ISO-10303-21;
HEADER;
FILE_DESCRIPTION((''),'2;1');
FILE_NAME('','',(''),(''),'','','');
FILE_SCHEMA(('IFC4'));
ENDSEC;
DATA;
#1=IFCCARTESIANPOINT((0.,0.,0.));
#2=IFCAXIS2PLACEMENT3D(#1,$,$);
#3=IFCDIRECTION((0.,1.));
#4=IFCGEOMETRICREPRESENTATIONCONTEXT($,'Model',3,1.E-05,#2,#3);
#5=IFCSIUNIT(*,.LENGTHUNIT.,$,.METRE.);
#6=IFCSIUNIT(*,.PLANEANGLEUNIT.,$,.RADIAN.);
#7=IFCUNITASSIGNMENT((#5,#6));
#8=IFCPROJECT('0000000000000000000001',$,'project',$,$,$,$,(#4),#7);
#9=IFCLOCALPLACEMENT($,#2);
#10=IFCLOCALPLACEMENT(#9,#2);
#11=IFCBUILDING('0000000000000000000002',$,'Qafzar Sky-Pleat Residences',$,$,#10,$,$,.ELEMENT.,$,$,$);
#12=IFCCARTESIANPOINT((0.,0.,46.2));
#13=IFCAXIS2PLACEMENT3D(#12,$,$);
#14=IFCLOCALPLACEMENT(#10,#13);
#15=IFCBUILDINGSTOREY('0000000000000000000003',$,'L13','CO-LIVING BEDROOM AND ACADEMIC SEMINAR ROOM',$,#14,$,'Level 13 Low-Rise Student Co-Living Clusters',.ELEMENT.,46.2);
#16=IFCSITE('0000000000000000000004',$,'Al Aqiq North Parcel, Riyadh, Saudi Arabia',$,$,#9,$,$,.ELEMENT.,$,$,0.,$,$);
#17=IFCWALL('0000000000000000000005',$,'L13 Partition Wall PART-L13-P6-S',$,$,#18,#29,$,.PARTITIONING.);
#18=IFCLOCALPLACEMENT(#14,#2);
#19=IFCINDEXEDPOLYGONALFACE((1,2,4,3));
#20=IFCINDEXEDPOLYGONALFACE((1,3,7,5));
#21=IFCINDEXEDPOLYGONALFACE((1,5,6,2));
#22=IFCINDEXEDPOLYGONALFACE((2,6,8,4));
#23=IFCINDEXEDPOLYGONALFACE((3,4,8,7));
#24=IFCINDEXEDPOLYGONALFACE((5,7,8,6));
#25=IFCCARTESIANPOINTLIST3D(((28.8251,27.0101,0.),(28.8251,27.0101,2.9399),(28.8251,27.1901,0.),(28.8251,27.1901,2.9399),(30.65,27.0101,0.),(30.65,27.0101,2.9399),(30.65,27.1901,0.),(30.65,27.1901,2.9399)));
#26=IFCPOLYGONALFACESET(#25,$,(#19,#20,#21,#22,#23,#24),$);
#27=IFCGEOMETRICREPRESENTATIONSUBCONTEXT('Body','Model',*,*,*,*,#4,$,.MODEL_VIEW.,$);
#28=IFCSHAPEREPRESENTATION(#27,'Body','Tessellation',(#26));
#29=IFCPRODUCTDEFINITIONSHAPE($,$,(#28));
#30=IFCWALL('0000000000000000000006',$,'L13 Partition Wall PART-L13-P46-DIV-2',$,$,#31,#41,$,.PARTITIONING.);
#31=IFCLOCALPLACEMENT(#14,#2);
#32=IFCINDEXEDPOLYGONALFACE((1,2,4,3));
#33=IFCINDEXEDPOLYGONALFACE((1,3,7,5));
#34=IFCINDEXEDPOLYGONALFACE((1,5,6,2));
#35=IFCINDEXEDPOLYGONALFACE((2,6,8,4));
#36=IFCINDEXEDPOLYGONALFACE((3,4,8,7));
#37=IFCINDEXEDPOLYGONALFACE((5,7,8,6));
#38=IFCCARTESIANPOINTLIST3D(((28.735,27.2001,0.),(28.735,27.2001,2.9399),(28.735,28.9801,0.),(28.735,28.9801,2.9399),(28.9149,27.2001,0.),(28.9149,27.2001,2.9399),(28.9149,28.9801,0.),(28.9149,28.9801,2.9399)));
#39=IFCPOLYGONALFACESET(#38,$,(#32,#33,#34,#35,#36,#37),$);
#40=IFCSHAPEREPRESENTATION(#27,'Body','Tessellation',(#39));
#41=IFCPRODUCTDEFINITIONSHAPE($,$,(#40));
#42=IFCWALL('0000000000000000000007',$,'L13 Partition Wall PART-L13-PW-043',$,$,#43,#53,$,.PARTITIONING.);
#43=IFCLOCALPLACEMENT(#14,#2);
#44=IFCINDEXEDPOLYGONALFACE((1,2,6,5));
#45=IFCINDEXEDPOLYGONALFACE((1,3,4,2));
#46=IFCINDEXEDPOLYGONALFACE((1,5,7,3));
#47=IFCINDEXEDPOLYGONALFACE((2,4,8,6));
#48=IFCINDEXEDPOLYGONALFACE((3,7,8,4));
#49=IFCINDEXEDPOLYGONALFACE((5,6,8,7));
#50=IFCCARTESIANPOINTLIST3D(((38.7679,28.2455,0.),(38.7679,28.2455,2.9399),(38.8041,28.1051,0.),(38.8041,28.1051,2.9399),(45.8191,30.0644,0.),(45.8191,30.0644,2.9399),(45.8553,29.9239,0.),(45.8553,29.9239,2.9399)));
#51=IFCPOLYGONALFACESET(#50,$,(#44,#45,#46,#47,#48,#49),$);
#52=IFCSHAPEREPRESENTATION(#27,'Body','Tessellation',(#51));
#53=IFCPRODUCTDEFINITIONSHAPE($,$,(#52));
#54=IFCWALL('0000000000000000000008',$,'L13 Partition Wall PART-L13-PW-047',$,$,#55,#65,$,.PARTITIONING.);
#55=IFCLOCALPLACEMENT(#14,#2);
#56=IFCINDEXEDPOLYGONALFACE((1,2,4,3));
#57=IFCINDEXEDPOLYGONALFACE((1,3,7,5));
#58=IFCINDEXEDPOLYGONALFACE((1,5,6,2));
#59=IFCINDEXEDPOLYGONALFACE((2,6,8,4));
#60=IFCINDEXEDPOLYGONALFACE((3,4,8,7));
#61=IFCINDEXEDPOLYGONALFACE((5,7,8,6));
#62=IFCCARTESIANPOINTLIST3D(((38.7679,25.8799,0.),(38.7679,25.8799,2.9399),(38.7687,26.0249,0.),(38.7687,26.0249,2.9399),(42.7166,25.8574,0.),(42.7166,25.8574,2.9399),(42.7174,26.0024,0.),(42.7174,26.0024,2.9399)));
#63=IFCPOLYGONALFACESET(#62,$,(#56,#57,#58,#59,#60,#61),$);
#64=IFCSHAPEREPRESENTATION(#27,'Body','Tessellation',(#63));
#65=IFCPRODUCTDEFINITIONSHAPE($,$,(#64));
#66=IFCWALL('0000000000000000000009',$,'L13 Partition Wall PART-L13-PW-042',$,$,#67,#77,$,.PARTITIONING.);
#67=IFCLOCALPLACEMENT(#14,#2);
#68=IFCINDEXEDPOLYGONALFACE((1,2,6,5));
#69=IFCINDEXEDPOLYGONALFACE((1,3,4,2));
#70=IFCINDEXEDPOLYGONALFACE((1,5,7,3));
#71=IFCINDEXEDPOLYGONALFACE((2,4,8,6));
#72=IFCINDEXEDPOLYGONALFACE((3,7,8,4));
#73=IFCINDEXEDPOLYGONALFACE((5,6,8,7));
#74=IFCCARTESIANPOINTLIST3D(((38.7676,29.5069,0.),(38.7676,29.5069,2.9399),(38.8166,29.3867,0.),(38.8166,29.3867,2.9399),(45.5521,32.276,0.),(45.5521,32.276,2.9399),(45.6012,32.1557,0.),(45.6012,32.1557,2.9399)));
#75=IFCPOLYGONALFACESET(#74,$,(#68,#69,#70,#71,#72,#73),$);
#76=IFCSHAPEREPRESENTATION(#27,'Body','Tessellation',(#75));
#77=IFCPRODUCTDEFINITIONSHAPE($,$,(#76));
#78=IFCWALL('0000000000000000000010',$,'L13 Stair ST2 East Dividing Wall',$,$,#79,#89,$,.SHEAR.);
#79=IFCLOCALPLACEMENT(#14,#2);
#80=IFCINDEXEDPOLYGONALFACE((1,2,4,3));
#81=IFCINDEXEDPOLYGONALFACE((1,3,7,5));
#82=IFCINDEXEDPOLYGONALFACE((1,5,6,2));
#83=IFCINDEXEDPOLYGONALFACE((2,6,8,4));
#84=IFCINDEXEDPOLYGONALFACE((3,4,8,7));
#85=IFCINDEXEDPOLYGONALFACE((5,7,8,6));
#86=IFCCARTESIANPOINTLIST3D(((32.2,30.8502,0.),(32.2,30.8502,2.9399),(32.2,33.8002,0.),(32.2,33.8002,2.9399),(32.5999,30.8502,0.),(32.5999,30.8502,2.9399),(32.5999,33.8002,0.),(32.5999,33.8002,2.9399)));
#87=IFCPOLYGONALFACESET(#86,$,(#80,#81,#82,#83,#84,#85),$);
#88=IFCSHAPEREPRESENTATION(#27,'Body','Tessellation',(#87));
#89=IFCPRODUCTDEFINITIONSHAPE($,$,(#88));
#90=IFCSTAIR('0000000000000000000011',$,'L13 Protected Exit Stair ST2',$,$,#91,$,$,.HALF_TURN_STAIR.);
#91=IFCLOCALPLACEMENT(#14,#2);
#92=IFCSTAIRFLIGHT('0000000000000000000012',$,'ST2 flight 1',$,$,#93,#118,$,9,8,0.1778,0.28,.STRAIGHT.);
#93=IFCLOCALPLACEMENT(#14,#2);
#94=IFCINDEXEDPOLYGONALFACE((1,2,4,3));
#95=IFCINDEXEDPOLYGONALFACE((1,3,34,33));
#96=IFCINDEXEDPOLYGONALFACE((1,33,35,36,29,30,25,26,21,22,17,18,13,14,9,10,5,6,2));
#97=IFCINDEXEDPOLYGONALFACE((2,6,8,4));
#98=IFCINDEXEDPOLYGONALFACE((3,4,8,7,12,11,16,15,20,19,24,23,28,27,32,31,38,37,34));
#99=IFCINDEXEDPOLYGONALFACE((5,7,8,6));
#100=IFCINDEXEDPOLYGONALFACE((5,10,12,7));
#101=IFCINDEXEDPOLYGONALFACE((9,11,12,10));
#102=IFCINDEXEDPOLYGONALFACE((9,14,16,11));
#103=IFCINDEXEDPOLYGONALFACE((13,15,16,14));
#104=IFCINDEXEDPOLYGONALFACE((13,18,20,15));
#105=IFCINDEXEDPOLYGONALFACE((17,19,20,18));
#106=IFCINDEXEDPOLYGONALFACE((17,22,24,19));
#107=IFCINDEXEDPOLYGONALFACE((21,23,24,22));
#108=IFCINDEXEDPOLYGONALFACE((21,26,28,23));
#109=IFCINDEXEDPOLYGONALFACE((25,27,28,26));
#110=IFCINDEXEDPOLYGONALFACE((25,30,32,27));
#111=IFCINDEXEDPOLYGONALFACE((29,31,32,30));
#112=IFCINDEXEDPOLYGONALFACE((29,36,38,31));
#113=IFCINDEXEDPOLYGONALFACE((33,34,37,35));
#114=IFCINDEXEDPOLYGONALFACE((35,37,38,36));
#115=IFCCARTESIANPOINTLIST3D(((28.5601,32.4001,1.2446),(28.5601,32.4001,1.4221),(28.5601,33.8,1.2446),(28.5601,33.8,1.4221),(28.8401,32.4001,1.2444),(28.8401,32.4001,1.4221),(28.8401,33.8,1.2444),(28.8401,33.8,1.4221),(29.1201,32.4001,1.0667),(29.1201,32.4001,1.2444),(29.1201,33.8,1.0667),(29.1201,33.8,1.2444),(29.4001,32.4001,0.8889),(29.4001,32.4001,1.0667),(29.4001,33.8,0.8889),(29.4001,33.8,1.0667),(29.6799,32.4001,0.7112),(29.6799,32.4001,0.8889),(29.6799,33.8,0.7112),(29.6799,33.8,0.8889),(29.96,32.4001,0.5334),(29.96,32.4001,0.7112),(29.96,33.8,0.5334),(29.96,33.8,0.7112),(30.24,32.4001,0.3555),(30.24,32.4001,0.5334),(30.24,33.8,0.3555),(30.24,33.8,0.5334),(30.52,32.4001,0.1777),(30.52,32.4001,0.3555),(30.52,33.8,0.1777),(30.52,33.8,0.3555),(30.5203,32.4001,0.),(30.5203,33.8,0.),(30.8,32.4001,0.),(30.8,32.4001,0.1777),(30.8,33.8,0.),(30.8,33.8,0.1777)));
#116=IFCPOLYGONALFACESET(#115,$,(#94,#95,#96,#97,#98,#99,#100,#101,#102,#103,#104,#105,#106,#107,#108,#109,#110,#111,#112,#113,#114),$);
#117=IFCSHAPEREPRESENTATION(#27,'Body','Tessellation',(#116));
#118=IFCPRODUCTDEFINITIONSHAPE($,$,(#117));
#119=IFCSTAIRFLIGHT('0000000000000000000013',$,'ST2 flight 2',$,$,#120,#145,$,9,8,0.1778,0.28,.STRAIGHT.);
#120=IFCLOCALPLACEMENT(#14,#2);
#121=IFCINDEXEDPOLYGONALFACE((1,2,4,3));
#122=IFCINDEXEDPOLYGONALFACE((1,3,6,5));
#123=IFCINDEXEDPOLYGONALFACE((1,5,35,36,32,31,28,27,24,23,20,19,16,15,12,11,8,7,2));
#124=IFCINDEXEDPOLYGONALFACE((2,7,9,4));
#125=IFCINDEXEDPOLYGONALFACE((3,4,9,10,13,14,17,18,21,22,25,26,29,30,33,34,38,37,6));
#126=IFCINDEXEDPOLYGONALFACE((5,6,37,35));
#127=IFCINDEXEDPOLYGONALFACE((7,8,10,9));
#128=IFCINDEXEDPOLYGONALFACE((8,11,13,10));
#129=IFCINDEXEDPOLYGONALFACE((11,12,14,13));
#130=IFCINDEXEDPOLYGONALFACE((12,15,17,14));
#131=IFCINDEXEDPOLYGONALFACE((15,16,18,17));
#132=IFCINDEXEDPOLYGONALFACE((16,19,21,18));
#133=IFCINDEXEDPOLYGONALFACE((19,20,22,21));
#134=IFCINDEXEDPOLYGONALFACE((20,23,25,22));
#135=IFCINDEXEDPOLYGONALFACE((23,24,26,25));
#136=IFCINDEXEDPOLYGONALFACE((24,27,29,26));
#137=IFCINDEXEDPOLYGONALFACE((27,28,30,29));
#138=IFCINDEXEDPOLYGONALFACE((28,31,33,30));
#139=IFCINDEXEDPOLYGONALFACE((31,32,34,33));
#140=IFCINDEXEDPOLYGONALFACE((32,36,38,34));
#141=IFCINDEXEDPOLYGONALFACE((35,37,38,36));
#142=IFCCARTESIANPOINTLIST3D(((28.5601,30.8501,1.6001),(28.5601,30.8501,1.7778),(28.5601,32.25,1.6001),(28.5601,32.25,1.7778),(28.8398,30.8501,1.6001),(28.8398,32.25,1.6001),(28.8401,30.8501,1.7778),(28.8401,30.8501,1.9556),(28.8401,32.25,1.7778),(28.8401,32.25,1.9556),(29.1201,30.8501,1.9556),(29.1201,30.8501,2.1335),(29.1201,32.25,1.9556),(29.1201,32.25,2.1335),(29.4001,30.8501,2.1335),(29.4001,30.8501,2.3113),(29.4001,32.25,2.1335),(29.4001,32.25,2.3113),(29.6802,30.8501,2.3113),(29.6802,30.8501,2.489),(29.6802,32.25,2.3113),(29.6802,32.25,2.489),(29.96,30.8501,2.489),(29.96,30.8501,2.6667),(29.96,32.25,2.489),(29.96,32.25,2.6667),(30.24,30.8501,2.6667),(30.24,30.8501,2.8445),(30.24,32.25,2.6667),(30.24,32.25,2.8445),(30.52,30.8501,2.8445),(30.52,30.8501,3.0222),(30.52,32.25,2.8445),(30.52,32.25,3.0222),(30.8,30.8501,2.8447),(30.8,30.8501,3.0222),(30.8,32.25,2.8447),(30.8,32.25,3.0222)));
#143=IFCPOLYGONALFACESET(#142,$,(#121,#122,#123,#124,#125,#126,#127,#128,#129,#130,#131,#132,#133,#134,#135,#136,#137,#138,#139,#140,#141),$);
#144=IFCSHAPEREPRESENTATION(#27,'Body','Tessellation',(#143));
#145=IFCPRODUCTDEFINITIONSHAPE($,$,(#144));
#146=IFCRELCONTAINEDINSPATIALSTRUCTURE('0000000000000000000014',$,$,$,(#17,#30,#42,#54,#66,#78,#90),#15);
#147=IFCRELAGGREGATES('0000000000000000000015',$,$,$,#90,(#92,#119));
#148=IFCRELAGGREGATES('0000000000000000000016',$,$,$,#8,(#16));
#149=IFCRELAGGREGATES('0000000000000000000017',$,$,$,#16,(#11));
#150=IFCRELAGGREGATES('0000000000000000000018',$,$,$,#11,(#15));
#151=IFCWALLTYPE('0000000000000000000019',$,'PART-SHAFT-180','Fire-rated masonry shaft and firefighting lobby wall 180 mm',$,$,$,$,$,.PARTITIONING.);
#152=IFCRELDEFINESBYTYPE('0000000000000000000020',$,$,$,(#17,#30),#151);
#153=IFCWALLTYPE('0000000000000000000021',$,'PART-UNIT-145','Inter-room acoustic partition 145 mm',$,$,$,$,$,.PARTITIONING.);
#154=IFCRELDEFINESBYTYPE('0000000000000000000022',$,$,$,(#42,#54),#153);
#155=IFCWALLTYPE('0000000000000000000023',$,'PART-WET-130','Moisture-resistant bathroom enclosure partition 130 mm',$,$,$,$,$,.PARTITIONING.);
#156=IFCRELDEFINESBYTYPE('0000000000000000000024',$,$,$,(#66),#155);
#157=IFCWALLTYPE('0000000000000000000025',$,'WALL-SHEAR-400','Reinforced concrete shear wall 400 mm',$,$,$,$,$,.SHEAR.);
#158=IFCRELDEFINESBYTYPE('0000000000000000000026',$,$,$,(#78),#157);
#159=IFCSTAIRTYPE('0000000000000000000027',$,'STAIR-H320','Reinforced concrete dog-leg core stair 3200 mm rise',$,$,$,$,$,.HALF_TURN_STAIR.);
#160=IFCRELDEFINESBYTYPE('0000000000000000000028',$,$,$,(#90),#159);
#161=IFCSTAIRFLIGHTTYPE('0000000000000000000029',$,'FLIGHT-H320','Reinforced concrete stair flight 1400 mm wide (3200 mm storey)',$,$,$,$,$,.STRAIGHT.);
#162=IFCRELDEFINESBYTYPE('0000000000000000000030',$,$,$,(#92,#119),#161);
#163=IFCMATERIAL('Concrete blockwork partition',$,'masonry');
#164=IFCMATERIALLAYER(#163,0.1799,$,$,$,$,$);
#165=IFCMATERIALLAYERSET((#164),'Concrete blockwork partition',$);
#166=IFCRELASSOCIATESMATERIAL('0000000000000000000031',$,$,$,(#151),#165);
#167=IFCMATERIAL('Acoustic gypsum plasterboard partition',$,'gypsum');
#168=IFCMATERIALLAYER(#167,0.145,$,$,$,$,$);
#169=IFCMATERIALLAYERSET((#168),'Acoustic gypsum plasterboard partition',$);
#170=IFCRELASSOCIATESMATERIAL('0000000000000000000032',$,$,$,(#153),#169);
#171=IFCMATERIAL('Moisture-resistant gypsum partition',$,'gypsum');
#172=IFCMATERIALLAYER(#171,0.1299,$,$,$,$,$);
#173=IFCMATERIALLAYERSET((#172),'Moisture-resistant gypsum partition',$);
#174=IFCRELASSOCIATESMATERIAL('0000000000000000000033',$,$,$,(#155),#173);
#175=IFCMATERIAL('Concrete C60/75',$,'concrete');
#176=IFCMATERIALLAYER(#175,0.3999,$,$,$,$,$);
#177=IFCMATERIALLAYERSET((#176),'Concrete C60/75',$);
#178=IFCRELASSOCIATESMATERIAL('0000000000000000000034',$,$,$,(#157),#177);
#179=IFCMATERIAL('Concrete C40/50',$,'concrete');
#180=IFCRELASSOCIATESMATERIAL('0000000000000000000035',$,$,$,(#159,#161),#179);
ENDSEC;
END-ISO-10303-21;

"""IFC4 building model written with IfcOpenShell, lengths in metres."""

from ifc_helpers import new_model, si_unit, direction, frame, frame_2d, origin, place, context, subcontext, project, spatial, polyline, rectangle, outline, extrude, source, transform, mapped, material, layer, layer_set, type_object, element, aggregate, save


model = new_model("IFC4")

# Units and contexts
model_context = context("Model", 3, precision=1e-05, world=origin(), true_north=direction((0.0, 1.0)))
body_context = subcontext(model_context, "Body", "Model", "MODEL_VIEW")
ifc_project = project(units=[si_unit("LENGTHUNIT", "METRE"), si_unit("PLANEANGLEUNIT", "RADIAN")], contexts=[model_context])

# Site, building, storey
site_placement = place(None, origin())
site = spatial("IfcSite", under=ifc_project, at=site_placement, Name="Al Aqiq North Parcel, Riyadh, Saudi Arabia", CompositionType="ELEMENT", RefElevation=0.0)
building_placement = place(site_placement, origin())
building = spatial("IfcBuilding", under=site, at=building_placement, Name="Qafzar Sky-Pleat Residences", CompositionType="ELEMENT")
storey_placement = place(building_placement, frame((0.0, 0.0, 46.2)))
storey = spatial("IfcBuildingStorey", under=building, at=storey_placement, Name="L13", Description="CO-LIVING BEDROOM AND ACADEMIC SEMINAR ROOM", LongName="Level 13 Low-Rise Student Co-Living Clusters", CompositionType="ELEMENT", Elevation=46.2)

# Shared definitions
ifc_material_1 = material(Name="Acoustic gypsum plasterboard partition", Category="gypsum")
ifc_material_2 = material(Name="Concrete blockwork partition", Category="masonry")
ifc_layer_1 = layer(ifc_material_2, 0.1799)
ifc_layer_set_1 = layer_set([ifc_layer_1], Name="Concrete blockwork partition")
wall_type_1 = type_object("IfcWallType", Name="PART-SHAFT-180", Description="Fire-rated masonry shaft and firefighting lobby wall 180 mm", PredefinedType="PARTITIONING", material=ifc_layer_set_1)

# Walls
wall_1_placement = place(storey_placement, frame((28.825, 27.1001, 0.0), z_axis=(0.0, 0.0, 1.0), x_axis=(1.0, 0.0, 0.0)))
element("IfcWall", 1, at=wall_1_placement, inside=storey, type_object=wall_type_1, Name="L13 Partition Wall PART-L13-P6-S", PredefinedType="PARTITIONING", context=body_context, shape_type="SweptSolid", body=[
    extrude(rectangle(XDim=1.825, YDim=0.1799, at=frame_2d((0.9126, 0.0))), origin(), (0.0, 0.0, 1.0), 2.9399),
])
wall_2_placement = place(storey_placement, frame((28.825, 27.2, 0.0), z_axis=(0.0, 0.0, 1.0), x_axis=(0.0, 1.0, 0.0)))
element("IfcWall", 2, at=wall_2_placement, inside=storey, type_object=wall_type_1, Name="L13 Partition Wall PART-L13-P46-DIV-2", PredefinedType="PARTITIONING", context=body_context, shape_type="SweptSolid", body=[
    extrude(rectangle(XDim=1.78, YDim=0.1799, at=frame_2d((0.8901, 0.0))), origin(), (0.0, 0.0, 1.0), 2.9399),
])
ifc_layer_2 = layer(ifc_material_1, 0.145)
ifc_layer_set_2 = layer_set([ifc_layer_2], Name="Acoustic gypsum plasterboard partition")
wall_type_2 = type_object("IfcWallType", Name="PART-UNIT-145", Description="Inter-room acoustic partition 145 mm", PredefinedType="PARTITIONING", material=ifc_layer_set_2)
wall_3_placement = place(storey_placement, frame((38.7859, 28.1753, 0.0), z_axis=(0.0, 0.0, 1.0), x_axis=(0.968305, 0.249771, 0.0)))
element("IfcWall", 3, at=wall_3_placement, inside=storey, type_object=wall_type_2, Name="L13 Partition Wall PART-L13-PW-043", PredefinedType="PARTITIONING", context=body_context, shape_type="SweptSolid", body=[
    extrude(rectangle(XDim=7.282, YDim=0.145, at=frame_2d((3.6411, 0.0))), origin(), (0.0, 0.0, 1.0), 2.9399),
])
wall_4_placement = place(storey_placement, frame((38.7683, 25.9524, 0.0), z_axis=(0.0, 0.0, 1.0), x_axis=(0.999984, -0.005688, 0.0)))
element("IfcWall", 4, at=wall_4_placement, inside=storey, type_object=wall_type_2, Name="L13 Partition Wall PART-L13-PW-047", PredefinedType="PARTITIONING", context=body_context, shape_type="SweptSolid", body=[
    extrude(rectangle(XDim=3.9487, YDim=0.145, at=frame_2d((1.9744, 0.0))), origin(), (0.0, 0.0, 1.0), 2.9399),
])
ifc_material_3 = material(Name="Moisture-resistant gypsum partition", Category="gypsum")
ifc_layer_3 = layer(ifc_material_3, 0.1299)
ifc_layer_set_3 = layer_set([ifc_layer_3], Name="Moisture-resistant gypsum partition")
wall_type_3 = type_object("IfcWallType", Name="PART-WET-130", Description="Moisture-resistant bathroom enclosure partition 130 mm", PredefinedType="PARTITIONING", material=ifc_layer_set_3)
wall_5_placement = place(storey_placement, frame((38.792, 29.4468, 0.0), z_axis=(0.0, 0.0, 1.0), x_axis=(0.925858, 0.377873, 0.0)))
element("IfcWall", 5, at=wall_5_placement, inside=storey, type_object=wall_type_3, Name="L13 Partition Wall PART-L13-PW-042", PredefinedType="PARTITIONING", context=body_context, shape_type="SweptSolid", body=[
    extrude(rectangle(XDim=7.3279, YDim=0.1299, at=frame_2d((3.6641, 0.0))), origin(), (0.0, 0.0, 1.0), 2.9399),
])
ifc_material_4 = material(Name="Concrete C60/75", Category="concrete")
ifc_layer_4 = layer(ifc_material_4, 0.3999)
ifc_layer_set_4 = layer_set([ifc_layer_4], Name="Concrete C60/75")
wall_type_4 = type_object("IfcWallType", Name="WALL-SHEAR-400", Description="Reinforced concrete shear wall 400 mm", PredefinedType="SHEAR", material=ifc_layer_set_4)
wall_6_placement = place(storey_placement, frame((32.3999, 30.8501, 0.0), z_axis=(0.0, 0.0, 1.0), x_axis=(0.0, 1.0, 0.0)))
element("IfcWall", 6, at=wall_6_placement, inside=storey, type_object=wall_type_4, Name="L13 Stair ST2 East Dividing Wall", PredefinedType="SHEAR", context=body_context, shape_type="SweptSolid", body=[
    extrude(rectangle(XDim=2.95, YDim=0.3999, at=frame_2d((1.4751, 0.0))), origin(), (0.0, 0.0, 1.0), 2.9399),
])

# Stair, stair flights
ifc_material_5 = material(Name="Concrete C40/50", Category="concrete")
stair_type = type_object("IfcStairType", Name="STAIR-H320", Description="Reinforced concrete dog-leg core stair 3200 mm rise", PredefinedType="HALF_TURN_STAIR", material=ifc_material_5)
stair_placement = place(storey_placement, origin())
stair = element("IfcStair", 7, at=stair_placement, inside=storey, type_object=stair_type, Name="L13 Protected Exit Stair ST2", PredefinedType="HALF_TURN_STAIR")
stair_flight_type = type_object("IfcStairFlightType", Name="FLIGHT-H320", Description="Reinforced concrete stair flight 1400 mm wide (3200 mm storey)", PredefinedType="STRAIGHT", material=ifc_material_5)
shared_shape_1 = source(origin(), body_context, "Body", "SweptSolid", [
    extrude(outline(polyline([(0.0, 0.0), (0.0, 0.1777), (0.28, 0.1777), (0.28, 0.3555), (0.5601, 0.3555), (0.5601, 0.5334), (0.8401, 0.5334), (0.8401, 0.7112), (1.1201, 0.7112), (1.1201, 0.8889), (1.3999, 0.8889), (1.3999, 1.0667), (1.6799, 1.0667), (1.6799, 1.2444), (1.96, 1.2444), (1.96, 1.4221), (2.24, 1.4221), (2.24, 1.6001), (2.24, 1.2446), (0.2798, 0.0), (0.0, 0.0)])), frame((0.0, 0.7, 0.0), z_axis=(0.0, -1.0, 0.0), x_axis=(1.0, 0.0, 0.0)), (0.0, 0.0, 1.0), 1.3999),
])
stair_flight_1_placement = place(storey_placement, frame((30.8, 33.1001, 0.0), z_axis=(0.0, 0.0, 1.0), x_axis=(-1.0, 0.0, 0.0)))
stair_flight_1 = element("IfcStairFlight", 8, at=stair_flight_1_placement, type_object=stair_flight_type, Name="ST2 flight 1", NumberOfRisers=9, NumberOfTreads=8, PredefinedType="STRAIGHT", RiserHeight=0.1778, TreadLength=0.28, context=body_context, shape_type="MappedRepresentation", body=[
    mapped(shared_shape_1, transform((0.0, 0.0, 0.0), x_axis=(1.0, 0.0, 0.0), y_axis=(0.0, 1.0, 0.0), z_axis=(0.0, 0.0, 1.0), scale=1.0)),
])
stair_flight_2_placement = place(storey_placement, frame((28.5601, 31.55, 1.6001), z_axis=(0.0, 0.0, 1.0), x_axis=(1.0, 0.0, 0.0)))
stair_flight_2 = element("IfcStairFlight", 9, at=stair_flight_2_placement, type_object=stair_flight_type, Name="ST2 flight 2", NumberOfRisers=9, NumberOfTreads=8, PredefinedType="STRAIGHT", RiserHeight=0.1778, TreadLength=0.28, context=body_context, shape_type="MappedRepresentation", body=[
    mapped(shared_shape_1, transform((0.0, 0.0, 0.0), x_axis=(1.0, 0.0, 0.0), y_axis=(0.0, 1.0, 0.0), z_axis=(0.0, 0.0, 1.0), scale=1.0)),
])
aggregate(stair, [stair_flight_1, stair_flight_2])

save(model, "model.ifc")
